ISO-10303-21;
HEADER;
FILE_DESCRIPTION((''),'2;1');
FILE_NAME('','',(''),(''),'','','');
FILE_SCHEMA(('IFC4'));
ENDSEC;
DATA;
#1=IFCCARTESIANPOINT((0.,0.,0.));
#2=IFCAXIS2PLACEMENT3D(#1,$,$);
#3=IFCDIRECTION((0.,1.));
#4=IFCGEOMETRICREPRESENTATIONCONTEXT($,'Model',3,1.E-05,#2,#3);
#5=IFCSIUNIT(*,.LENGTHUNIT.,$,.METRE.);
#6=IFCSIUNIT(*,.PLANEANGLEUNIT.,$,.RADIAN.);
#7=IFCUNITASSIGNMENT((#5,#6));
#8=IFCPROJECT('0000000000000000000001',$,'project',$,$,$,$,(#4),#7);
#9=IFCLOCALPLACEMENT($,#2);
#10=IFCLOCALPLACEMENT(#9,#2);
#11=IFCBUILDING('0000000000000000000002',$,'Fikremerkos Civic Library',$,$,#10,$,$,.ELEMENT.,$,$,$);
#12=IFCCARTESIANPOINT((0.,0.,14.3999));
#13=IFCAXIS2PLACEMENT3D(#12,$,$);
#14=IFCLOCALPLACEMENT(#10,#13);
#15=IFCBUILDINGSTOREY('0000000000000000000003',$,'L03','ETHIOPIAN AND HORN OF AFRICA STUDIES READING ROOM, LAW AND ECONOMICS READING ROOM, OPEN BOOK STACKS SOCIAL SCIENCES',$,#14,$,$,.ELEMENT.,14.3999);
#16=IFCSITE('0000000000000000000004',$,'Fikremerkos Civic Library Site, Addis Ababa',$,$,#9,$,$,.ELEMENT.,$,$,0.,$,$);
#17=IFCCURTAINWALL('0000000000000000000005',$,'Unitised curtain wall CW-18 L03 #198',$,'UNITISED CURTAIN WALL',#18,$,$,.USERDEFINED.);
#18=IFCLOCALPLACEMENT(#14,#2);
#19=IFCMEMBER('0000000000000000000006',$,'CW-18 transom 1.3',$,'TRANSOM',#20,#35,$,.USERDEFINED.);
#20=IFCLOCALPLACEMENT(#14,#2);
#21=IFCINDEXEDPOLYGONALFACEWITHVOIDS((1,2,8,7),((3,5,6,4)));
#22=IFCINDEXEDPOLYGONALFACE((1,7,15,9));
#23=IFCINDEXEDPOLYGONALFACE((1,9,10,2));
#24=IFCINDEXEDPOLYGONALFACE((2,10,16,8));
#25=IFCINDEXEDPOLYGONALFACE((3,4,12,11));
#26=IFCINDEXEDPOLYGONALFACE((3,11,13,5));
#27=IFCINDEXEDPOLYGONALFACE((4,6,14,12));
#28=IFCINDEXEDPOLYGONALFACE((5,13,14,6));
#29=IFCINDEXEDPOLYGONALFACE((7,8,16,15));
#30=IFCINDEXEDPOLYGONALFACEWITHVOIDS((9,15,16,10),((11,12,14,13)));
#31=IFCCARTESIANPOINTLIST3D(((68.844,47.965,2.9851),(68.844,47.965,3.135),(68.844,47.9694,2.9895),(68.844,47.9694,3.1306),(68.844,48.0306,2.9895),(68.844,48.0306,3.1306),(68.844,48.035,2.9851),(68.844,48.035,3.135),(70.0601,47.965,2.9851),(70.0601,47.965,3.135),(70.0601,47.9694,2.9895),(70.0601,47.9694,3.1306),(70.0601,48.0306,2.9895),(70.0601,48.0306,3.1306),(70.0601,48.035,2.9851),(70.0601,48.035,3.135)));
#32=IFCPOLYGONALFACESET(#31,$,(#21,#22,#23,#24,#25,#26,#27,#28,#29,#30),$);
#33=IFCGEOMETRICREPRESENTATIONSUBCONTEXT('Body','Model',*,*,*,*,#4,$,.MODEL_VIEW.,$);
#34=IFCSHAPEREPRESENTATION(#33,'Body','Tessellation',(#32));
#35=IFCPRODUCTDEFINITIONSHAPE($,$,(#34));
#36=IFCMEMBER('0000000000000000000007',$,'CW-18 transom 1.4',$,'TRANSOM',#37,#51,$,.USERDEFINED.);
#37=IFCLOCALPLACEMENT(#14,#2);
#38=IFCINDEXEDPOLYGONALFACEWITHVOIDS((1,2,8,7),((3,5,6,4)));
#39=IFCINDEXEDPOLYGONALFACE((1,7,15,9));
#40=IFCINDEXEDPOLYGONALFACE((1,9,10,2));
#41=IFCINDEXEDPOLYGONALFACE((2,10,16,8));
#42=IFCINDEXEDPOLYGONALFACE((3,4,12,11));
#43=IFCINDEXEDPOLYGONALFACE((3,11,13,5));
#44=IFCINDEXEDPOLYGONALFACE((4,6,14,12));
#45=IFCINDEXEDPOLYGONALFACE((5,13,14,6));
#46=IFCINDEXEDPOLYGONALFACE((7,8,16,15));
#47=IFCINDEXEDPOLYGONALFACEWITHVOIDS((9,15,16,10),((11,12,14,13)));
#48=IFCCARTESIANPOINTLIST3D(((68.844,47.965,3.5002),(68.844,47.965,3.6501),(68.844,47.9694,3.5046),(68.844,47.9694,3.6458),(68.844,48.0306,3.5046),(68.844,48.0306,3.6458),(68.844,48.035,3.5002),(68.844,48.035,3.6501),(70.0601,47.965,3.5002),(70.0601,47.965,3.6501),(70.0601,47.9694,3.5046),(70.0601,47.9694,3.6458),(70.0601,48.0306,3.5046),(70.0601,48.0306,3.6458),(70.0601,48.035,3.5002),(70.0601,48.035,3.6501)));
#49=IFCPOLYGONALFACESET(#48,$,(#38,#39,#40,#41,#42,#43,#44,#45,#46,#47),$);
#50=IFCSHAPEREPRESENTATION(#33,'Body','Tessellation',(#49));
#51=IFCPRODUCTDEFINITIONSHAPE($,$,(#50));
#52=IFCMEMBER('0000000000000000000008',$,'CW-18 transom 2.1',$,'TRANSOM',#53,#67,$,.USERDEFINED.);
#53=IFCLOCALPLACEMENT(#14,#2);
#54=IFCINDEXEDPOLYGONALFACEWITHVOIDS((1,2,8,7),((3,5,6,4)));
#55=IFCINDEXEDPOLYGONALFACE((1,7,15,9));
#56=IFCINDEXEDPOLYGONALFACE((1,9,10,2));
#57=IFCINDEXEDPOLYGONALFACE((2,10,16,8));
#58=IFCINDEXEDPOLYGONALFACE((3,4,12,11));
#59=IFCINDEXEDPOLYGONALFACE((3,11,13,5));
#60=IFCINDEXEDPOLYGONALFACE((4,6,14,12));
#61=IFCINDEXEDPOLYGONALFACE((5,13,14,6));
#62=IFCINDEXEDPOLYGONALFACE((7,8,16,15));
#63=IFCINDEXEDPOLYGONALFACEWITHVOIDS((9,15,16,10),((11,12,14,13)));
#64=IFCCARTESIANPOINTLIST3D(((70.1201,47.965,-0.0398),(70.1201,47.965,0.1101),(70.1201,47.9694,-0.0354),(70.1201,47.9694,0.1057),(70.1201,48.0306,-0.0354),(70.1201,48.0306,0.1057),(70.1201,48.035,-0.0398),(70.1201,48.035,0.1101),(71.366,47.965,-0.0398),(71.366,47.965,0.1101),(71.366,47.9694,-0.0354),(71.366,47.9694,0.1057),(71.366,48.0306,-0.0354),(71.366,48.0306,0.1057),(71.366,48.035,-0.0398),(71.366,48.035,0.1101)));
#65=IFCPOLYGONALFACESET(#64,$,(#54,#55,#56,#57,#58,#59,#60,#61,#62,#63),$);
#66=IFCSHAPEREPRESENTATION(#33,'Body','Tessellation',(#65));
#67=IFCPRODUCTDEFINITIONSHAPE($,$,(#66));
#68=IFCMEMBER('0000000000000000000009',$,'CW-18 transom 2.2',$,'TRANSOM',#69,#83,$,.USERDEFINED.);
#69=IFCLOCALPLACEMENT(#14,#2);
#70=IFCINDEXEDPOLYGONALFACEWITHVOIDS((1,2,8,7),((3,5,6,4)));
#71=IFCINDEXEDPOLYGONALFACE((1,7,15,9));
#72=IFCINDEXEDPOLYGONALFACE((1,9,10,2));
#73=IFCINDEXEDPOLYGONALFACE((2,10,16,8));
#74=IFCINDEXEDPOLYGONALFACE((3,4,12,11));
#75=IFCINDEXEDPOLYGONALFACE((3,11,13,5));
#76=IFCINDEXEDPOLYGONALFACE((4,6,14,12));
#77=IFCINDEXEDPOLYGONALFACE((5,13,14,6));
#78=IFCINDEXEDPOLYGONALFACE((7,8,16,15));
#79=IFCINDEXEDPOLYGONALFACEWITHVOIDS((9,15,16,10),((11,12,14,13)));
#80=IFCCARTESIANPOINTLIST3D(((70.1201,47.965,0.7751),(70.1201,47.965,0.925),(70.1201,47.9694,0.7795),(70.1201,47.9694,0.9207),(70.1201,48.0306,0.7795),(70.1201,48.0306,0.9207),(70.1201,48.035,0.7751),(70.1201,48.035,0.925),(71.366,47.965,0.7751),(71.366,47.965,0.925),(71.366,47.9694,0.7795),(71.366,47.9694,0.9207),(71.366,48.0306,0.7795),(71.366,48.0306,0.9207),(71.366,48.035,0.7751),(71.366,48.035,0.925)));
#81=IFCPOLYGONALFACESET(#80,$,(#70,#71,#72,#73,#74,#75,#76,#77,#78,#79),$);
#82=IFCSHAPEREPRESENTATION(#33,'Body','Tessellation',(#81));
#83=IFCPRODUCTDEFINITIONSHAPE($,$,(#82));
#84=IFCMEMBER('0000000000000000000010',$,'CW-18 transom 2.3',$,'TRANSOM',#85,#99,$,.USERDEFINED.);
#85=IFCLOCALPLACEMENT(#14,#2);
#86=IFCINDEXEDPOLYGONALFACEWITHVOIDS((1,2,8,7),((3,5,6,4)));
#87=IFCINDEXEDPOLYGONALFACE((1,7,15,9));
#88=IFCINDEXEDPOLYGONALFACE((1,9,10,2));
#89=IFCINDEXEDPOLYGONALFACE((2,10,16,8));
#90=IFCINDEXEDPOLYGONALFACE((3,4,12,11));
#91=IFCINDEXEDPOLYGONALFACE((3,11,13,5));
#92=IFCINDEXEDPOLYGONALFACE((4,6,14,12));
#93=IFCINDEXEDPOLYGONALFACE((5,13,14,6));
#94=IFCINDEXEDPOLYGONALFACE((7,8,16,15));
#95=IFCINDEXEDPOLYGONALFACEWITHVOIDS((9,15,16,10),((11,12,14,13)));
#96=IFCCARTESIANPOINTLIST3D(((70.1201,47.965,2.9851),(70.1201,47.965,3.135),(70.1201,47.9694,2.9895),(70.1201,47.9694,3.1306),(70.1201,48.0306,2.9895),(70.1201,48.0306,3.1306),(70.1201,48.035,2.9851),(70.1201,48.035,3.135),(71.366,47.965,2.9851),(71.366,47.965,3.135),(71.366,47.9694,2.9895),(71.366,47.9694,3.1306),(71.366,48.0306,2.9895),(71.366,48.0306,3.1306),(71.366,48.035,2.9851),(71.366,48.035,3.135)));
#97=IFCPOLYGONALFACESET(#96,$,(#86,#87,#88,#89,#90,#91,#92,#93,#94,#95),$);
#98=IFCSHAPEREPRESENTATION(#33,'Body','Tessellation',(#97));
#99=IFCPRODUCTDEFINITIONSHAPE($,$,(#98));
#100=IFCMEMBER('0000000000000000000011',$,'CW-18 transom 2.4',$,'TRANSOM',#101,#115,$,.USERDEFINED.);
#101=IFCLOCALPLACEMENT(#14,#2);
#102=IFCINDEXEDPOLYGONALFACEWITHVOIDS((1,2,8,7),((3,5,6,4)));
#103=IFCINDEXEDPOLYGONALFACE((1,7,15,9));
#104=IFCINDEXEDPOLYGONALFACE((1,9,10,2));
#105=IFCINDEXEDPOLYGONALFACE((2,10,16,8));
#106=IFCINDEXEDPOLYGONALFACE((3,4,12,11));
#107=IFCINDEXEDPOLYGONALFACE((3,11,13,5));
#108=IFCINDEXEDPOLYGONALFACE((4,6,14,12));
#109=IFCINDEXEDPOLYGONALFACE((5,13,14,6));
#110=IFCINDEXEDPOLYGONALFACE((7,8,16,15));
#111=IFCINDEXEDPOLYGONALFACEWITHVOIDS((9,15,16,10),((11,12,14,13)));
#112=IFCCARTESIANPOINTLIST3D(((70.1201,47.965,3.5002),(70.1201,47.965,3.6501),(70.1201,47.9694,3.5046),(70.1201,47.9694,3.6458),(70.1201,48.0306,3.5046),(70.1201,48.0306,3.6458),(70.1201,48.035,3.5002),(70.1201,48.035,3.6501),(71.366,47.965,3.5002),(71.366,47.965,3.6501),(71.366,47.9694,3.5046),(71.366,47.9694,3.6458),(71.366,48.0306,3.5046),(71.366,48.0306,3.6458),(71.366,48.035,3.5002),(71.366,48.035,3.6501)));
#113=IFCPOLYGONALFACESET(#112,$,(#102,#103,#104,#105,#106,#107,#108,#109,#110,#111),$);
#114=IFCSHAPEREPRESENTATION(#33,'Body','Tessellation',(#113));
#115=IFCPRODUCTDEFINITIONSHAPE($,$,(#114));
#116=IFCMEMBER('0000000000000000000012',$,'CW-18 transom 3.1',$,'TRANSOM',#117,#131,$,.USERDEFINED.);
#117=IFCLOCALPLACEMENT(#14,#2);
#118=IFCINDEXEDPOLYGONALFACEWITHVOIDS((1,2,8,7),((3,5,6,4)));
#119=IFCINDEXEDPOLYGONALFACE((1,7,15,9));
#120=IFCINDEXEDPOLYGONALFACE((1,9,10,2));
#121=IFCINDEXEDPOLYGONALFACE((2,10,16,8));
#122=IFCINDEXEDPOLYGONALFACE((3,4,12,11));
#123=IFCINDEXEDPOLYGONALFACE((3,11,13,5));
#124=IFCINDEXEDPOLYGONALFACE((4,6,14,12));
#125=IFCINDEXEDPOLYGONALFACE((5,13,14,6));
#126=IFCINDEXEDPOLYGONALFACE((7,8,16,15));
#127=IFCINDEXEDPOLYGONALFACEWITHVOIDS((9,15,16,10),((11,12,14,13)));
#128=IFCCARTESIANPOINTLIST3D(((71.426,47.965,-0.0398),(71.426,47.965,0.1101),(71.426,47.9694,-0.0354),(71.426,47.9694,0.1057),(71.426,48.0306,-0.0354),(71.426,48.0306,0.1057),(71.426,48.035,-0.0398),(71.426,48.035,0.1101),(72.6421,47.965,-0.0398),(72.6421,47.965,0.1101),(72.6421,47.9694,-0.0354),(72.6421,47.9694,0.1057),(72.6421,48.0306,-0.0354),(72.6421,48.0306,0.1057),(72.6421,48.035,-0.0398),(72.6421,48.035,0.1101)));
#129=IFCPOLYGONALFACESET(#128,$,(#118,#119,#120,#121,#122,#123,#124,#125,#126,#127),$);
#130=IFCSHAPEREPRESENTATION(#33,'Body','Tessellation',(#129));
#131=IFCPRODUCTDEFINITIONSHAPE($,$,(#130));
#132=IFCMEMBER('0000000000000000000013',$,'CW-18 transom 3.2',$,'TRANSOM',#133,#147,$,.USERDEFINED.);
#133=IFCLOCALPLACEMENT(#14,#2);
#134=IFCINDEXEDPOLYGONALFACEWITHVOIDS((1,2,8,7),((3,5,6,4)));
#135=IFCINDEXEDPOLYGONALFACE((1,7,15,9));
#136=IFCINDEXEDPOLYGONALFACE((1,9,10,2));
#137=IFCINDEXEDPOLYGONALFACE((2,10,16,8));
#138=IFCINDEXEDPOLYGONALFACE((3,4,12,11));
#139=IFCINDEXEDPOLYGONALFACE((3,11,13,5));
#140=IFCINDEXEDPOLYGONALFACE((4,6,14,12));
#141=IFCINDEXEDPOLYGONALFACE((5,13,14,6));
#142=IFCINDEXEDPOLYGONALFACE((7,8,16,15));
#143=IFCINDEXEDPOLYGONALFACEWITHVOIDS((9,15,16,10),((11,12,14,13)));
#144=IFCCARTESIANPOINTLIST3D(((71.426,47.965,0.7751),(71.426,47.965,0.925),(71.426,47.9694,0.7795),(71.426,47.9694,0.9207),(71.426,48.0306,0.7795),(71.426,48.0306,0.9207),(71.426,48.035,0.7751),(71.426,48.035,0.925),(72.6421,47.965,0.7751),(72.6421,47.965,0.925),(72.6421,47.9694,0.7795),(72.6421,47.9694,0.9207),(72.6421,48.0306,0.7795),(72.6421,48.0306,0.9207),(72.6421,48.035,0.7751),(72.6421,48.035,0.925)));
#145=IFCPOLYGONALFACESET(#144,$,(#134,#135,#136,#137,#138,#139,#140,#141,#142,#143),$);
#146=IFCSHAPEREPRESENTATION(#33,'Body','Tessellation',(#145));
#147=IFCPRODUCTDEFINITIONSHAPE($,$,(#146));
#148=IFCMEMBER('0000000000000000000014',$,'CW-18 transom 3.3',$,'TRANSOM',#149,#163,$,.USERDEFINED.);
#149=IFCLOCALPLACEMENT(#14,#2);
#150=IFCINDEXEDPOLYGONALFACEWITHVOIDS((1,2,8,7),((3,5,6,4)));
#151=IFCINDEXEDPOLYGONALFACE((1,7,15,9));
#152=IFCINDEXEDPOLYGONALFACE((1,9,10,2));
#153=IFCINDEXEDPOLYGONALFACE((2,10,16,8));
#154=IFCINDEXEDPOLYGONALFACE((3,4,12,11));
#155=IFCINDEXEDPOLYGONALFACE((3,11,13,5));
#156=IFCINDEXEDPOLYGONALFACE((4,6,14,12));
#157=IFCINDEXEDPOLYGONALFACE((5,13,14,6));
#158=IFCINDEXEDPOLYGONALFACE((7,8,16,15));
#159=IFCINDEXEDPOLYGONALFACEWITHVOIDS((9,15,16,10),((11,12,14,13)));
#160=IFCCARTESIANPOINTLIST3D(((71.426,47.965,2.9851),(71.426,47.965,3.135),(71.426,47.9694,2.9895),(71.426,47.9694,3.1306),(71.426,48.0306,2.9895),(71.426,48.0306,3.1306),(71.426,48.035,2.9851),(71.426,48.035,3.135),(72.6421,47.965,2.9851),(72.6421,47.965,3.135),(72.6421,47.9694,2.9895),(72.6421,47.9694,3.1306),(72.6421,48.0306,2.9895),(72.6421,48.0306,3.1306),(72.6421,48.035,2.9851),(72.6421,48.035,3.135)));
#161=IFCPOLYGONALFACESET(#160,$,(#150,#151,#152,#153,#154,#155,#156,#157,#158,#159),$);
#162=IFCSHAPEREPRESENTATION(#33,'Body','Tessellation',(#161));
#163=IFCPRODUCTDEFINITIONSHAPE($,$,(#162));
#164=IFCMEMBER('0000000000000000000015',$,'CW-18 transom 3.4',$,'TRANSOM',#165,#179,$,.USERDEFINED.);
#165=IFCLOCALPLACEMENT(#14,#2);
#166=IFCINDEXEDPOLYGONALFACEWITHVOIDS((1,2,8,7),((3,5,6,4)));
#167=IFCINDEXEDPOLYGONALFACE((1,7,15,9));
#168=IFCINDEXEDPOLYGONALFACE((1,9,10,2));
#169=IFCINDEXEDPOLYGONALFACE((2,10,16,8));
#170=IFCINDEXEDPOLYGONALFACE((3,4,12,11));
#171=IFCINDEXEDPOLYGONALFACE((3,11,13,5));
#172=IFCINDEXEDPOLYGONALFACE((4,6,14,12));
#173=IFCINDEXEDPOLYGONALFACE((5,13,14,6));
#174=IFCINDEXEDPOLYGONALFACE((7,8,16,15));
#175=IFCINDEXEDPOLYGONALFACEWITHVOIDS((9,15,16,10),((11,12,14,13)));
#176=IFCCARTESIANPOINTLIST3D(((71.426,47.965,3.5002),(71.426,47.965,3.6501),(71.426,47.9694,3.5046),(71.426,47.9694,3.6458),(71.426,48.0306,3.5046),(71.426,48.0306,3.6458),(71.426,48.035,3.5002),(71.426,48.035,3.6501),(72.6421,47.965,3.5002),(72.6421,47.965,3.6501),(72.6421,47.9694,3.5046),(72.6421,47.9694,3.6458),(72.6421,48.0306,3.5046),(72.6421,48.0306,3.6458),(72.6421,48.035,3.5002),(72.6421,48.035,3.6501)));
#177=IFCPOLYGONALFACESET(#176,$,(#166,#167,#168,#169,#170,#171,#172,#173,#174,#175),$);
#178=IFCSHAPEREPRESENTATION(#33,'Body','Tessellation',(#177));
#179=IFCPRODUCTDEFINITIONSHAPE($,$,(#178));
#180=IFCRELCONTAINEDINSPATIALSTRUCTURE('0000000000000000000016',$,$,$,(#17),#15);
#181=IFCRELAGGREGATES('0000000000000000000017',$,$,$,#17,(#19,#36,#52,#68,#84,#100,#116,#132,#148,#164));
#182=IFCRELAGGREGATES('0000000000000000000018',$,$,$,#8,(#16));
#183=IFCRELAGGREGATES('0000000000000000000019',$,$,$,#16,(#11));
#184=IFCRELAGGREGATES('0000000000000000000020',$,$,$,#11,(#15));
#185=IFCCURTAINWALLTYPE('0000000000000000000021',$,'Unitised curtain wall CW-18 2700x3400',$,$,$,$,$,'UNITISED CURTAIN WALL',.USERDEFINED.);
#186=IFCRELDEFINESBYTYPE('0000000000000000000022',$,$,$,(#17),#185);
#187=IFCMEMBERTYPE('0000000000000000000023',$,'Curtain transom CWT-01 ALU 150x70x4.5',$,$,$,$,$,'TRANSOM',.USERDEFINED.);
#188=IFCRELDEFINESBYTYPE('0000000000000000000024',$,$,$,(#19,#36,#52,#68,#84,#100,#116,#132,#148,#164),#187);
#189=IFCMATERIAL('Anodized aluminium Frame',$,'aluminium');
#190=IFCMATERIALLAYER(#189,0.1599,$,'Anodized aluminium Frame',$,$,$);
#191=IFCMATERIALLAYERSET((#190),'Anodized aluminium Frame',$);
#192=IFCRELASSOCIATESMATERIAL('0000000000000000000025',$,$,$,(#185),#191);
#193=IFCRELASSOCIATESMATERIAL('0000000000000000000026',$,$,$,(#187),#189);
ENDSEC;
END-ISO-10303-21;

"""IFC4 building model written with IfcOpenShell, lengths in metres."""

from ifc_helpers import new_model, si_unit, direction, frame, origin, origin_2d, place, context, subcontext, project, spatial, hollow_rectangle, extrude, material, layer, layer_set, material_profile, profile_set, type_object, element, aggregate, save


model = new_model("IFC4")

# Units and contexts
model_context = context("Model", 3, precision=1e-05, world=origin(), true_north=direction((0.0, 1.0)))
body_context = subcontext(model_context, "Body", "Model", "MODEL_VIEW")
ifc_project = project(units=[si_unit("LENGTHUNIT", "METRE"), si_unit("PLANEANGLEUNIT", "RADIAN")], contexts=[model_context])

# Site, building, storey
site_placement = place(None, origin())
site = spatial("IfcSite", under=ifc_project, at=site_placement, Name="Fikremerkos Civic Library Site, Addis Ababa", CompositionType="ELEMENT", RefElevation=0.0)
building_placement = place(site_placement, origin())
building = spatial("IfcBuilding", under=site, at=building_placement, Name="Fikremerkos Civic Library", CompositionType="ELEMENT")
storey_placement = place(building_placement, frame((0.0, 0.0, 14.3999)))
storey = spatial("IfcBuildingStorey", under=building, at=storey_placement, Name="L03", Description="ETHIOPIAN AND HORN OF AFRICA STUDIES READING ROOM, LAW AND ECONOMICS READING ROOM, OPEN BOOK STACKS SOCIAL SCIENCES", CompositionType="ELEMENT", Elevation=14.3999)

# Curtain wall
ifc_material_1 = material(Name="Anodized aluminium Frame", Category="aluminium")
ifc_layer_1 = layer(ifc_material_1, 0.1599, Name="Anodized aluminium Frame")
ifc_layer_set_1 = layer_set([ifc_layer_1], Name="Anodized aluminium Frame")
curtain_wall_type_1 = type_object("IfcCurtainWallType", Name="Unitised curtain wall CW-18 2700x3400", ElementType="UNITISED CURTAIN WALL", PredefinedType="USERDEFINED", material=ifc_layer_set_1)
curtain_wall_1_placement = place(storey_placement, origin())
curtain_wall_1 = element("IfcCurtainWall", 1, at=curtain_wall_1_placement, inside=storey, type_object=curtain_wall_type_1, Name="Unitised curtain wall CW-18 L03 #198", ObjectType="UNITISED CURTAIN WALL", PredefinedType="USERDEFINED")

# Members
ifc_material_profile_1 = material_profile(ifc_material_1, hollow_rectangle(XDim=0.0701, YDim=0.1499, WallThickness=0.0044, at=origin_2d()), Name="ALU 150x70x4.5")
ifc_profile_set_1 = profile_set([ifc_material_profile_1], Name="Anodized aluminium Frame")
member_type_1 = type_object("IfcMemberType", Name="Curtain transom CWT-01 ALU 150x70x4.5", ElementType="TRANSOM", PredefinedType="USERDEFINED", material=ifc_profile_set_1)
member_1_placement = place(storey_placement, frame((68.844, 48.0, 3.0601), z_axis=(1.0, 0.0, 0.0), x_axis=(0.0, 1.0, 0.0)))
member_1 = element("IfcMember", 2, at=member_1_placement, type_object=member_type_1, Name="CW-18 transom 1.3", ObjectType="TRANSOM", PredefinedType="USERDEFINED", context=body_context, shape_type="SweptSolid", body=[
    extrude(hollow_rectangle(XDim=0.0701, YDim=0.1499, WallThickness=0.0044, at=origin_2d()), origin(), (0.0, 0.0, 1.0), 1.2161),
])
member_2_placement = place(storey_placement, frame((68.844, 48.0, 3.5752), z_axis=(1.0, 0.0, 0.0), x_axis=(0.0, 1.0, 0.0)))
member_2 = element("IfcMember", 3, at=member_2_placement, type_object=member_type_1, Name="CW-18 transom 1.4", ObjectType="TRANSOM", PredefinedType="USERDEFINED", context=body_context, shape_type="SweptSolid", body=[
    extrude(hollow_rectangle(XDim=0.0701, YDim=0.1499, WallThickness=0.0044, at=origin_2d()), origin(), (0.0, 0.0, 1.0), 1.2161),
])
member_3_placement = place(storey_placement, frame((70.1201, 48.0, 0.0352), z_axis=(1.0, 0.0, 0.0), x_axis=(0.0, 1.0, 0.0)))
member_3 = element("IfcMember", 4, at=member_3_placement, type_object=member_type_1, Name="CW-18 transom 2.1", ObjectType="TRANSOM", PredefinedType="USERDEFINED", context=body_context, shape_type="SweptSolid", body=[
    extrude(hollow_rectangle(XDim=0.0701, YDim=0.1499, WallThickness=0.0044, at=origin_2d()), origin(), (0.0, 0.0, 1.0), 1.2458),
])
member_4_placement = place(storey_placement, frame((70.1201, 48.0, 0.8501), z_axis=(1.0, 0.0, 0.0), x_axis=(0.0, 1.0, 0.0)))
member_4 = element("IfcMember", 5, at=member_4_placement, type_object=member_type_1, Name="CW-18 transom 2.2", ObjectType="TRANSOM", PredefinedType="USERDEFINED", context=body_context, shape_type="SweptSolid", body=[
    extrude(hollow_rectangle(XDim=0.0701, YDim=0.1499, WallThickness=0.0044, at=origin_2d()), origin(), (0.0, 0.0, 1.0), 1.2458),
])
member_5_placement = place(storey_placement, frame((70.1201, 48.0, 3.0601), z_axis=(1.0, 0.0, 0.0), x_axis=(0.0, 1.0, 0.0)))
member_5 = element("IfcMember", 6, at=member_5_placement, type_object=member_type_1, Name="CW-18 transom 2.3", ObjectType="TRANSOM", PredefinedType="USERDEFINED", context=body_context, shape_type="SweptSolid", body=[
    extrude(hollow_rectangle(XDim=0.0701, YDim=0.1499, WallThickness=0.0044, at=origin_2d()), origin(), (0.0, 0.0, 1.0), 1.2458),
])
member_6_placement = place(storey_placement, frame((70.1201, 48.0, 3.5752), z_axis=(1.0, 0.0, 0.0), x_axis=(0.0, 1.0, 0.0)))
member_6 = element("IfcMember", 7, at=member_6_placement, type_object=member_type_1, Name="CW-18 transom 2.4", ObjectType="TRANSOM", PredefinedType="USERDEFINED", context=body_context, shape_type="SweptSolid", body=[
    extrude(hollow_rectangle(XDim=0.0701, YDim=0.1499, WallThickness=0.0044, at=origin_2d()), origin(), (0.0, 0.0, 1.0), 1.2458),
])
member_7_placement = place(storey_placement, frame((71.426, 48.0, 0.0352), z_axis=(1.0, 0.0, 0.0), x_axis=(0.0, 1.0, 0.0)))
member_7 = element("IfcMember", 8, at=member_7_placement, type_object=member_type_1, Name="CW-18 transom 3.1", ObjectType="TRANSOM", PredefinedType="USERDEFINED", context=body_context, shape_type="SweptSolid", body=[
    extrude(hollow_rectangle(XDim=0.0701, YDim=0.1499, WallThickness=0.0044, at=origin_2d()), origin(), (0.0, 0.0, 1.0), 1.2161),
])
member_8_placement = place(storey_placement, frame((71.426, 48.0, 0.8501), z_axis=(1.0, 0.0, 0.0), x_axis=(0.0, 1.0, 0.0)))
member_8 = element("IfcMember", 9, at=member_8_placement, type_object=member_type_1, Name="CW-18 transom 3.2", ObjectType="TRANSOM", PredefinedType="USERDEFINED", context=body_context, shape_type="SweptSolid", body=[
    extrude(hollow_rectangle(XDim=0.0701, YDim=0.1499, WallThickness=0.0044, at=origin_2d()), origin(), (0.0, 0.0, 1.0), 1.2161),
])
member_9_placement = place(storey_placement, frame((71.426, 48.0, 3.0601), z_axis=(1.0, 0.0, 0.0), x_axis=(0.0, 1.0, 0.0)))
member_9 = element("IfcMember", 10, at=member_9_placement, type_object=member_type_1, Name="CW-18 transom 3.3", ObjectType="TRANSOM", PredefinedType="USERDEFINED", context=body_context, shape_type="SweptSolid", body=[
    extrude(hollow_rectangle(XDim=0.0701, YDim=0.1499, WallThickness=0.0044, at=origin_2d()), origin(), (0.0, 0.0, 1.0), 1.2161),
])
member_10_placement = place(storey_placement, frame((71.426, 48.0, 3.5752), z_axis=(1.0, 0.0, 0.0), x_axis=(0.0, 1.0, 0.0)))
member_10 = element("IfcMember", 11, at=member_10_placement, type_object=member_type_1, Name="CW-18 transom 3.4", ObjectType="TRANSOM", PredefinedType="USERDEFINED", context=body_context, shape_type="SweptSolid", body=[
    extrude(hollow_rectangle(XDim=0.0701, YDim=0.1499, WallThickness=0.0044, at=origin_2d()), origin(), (0.0, 0.0, 1.0), 1.2161),
])

aggregate(curtain_wall_1, [member_1, member_2, member_3, member_4, member_5, member_6, member_7, member_8, member_9, member_10])

save(model, "model.ifc")
